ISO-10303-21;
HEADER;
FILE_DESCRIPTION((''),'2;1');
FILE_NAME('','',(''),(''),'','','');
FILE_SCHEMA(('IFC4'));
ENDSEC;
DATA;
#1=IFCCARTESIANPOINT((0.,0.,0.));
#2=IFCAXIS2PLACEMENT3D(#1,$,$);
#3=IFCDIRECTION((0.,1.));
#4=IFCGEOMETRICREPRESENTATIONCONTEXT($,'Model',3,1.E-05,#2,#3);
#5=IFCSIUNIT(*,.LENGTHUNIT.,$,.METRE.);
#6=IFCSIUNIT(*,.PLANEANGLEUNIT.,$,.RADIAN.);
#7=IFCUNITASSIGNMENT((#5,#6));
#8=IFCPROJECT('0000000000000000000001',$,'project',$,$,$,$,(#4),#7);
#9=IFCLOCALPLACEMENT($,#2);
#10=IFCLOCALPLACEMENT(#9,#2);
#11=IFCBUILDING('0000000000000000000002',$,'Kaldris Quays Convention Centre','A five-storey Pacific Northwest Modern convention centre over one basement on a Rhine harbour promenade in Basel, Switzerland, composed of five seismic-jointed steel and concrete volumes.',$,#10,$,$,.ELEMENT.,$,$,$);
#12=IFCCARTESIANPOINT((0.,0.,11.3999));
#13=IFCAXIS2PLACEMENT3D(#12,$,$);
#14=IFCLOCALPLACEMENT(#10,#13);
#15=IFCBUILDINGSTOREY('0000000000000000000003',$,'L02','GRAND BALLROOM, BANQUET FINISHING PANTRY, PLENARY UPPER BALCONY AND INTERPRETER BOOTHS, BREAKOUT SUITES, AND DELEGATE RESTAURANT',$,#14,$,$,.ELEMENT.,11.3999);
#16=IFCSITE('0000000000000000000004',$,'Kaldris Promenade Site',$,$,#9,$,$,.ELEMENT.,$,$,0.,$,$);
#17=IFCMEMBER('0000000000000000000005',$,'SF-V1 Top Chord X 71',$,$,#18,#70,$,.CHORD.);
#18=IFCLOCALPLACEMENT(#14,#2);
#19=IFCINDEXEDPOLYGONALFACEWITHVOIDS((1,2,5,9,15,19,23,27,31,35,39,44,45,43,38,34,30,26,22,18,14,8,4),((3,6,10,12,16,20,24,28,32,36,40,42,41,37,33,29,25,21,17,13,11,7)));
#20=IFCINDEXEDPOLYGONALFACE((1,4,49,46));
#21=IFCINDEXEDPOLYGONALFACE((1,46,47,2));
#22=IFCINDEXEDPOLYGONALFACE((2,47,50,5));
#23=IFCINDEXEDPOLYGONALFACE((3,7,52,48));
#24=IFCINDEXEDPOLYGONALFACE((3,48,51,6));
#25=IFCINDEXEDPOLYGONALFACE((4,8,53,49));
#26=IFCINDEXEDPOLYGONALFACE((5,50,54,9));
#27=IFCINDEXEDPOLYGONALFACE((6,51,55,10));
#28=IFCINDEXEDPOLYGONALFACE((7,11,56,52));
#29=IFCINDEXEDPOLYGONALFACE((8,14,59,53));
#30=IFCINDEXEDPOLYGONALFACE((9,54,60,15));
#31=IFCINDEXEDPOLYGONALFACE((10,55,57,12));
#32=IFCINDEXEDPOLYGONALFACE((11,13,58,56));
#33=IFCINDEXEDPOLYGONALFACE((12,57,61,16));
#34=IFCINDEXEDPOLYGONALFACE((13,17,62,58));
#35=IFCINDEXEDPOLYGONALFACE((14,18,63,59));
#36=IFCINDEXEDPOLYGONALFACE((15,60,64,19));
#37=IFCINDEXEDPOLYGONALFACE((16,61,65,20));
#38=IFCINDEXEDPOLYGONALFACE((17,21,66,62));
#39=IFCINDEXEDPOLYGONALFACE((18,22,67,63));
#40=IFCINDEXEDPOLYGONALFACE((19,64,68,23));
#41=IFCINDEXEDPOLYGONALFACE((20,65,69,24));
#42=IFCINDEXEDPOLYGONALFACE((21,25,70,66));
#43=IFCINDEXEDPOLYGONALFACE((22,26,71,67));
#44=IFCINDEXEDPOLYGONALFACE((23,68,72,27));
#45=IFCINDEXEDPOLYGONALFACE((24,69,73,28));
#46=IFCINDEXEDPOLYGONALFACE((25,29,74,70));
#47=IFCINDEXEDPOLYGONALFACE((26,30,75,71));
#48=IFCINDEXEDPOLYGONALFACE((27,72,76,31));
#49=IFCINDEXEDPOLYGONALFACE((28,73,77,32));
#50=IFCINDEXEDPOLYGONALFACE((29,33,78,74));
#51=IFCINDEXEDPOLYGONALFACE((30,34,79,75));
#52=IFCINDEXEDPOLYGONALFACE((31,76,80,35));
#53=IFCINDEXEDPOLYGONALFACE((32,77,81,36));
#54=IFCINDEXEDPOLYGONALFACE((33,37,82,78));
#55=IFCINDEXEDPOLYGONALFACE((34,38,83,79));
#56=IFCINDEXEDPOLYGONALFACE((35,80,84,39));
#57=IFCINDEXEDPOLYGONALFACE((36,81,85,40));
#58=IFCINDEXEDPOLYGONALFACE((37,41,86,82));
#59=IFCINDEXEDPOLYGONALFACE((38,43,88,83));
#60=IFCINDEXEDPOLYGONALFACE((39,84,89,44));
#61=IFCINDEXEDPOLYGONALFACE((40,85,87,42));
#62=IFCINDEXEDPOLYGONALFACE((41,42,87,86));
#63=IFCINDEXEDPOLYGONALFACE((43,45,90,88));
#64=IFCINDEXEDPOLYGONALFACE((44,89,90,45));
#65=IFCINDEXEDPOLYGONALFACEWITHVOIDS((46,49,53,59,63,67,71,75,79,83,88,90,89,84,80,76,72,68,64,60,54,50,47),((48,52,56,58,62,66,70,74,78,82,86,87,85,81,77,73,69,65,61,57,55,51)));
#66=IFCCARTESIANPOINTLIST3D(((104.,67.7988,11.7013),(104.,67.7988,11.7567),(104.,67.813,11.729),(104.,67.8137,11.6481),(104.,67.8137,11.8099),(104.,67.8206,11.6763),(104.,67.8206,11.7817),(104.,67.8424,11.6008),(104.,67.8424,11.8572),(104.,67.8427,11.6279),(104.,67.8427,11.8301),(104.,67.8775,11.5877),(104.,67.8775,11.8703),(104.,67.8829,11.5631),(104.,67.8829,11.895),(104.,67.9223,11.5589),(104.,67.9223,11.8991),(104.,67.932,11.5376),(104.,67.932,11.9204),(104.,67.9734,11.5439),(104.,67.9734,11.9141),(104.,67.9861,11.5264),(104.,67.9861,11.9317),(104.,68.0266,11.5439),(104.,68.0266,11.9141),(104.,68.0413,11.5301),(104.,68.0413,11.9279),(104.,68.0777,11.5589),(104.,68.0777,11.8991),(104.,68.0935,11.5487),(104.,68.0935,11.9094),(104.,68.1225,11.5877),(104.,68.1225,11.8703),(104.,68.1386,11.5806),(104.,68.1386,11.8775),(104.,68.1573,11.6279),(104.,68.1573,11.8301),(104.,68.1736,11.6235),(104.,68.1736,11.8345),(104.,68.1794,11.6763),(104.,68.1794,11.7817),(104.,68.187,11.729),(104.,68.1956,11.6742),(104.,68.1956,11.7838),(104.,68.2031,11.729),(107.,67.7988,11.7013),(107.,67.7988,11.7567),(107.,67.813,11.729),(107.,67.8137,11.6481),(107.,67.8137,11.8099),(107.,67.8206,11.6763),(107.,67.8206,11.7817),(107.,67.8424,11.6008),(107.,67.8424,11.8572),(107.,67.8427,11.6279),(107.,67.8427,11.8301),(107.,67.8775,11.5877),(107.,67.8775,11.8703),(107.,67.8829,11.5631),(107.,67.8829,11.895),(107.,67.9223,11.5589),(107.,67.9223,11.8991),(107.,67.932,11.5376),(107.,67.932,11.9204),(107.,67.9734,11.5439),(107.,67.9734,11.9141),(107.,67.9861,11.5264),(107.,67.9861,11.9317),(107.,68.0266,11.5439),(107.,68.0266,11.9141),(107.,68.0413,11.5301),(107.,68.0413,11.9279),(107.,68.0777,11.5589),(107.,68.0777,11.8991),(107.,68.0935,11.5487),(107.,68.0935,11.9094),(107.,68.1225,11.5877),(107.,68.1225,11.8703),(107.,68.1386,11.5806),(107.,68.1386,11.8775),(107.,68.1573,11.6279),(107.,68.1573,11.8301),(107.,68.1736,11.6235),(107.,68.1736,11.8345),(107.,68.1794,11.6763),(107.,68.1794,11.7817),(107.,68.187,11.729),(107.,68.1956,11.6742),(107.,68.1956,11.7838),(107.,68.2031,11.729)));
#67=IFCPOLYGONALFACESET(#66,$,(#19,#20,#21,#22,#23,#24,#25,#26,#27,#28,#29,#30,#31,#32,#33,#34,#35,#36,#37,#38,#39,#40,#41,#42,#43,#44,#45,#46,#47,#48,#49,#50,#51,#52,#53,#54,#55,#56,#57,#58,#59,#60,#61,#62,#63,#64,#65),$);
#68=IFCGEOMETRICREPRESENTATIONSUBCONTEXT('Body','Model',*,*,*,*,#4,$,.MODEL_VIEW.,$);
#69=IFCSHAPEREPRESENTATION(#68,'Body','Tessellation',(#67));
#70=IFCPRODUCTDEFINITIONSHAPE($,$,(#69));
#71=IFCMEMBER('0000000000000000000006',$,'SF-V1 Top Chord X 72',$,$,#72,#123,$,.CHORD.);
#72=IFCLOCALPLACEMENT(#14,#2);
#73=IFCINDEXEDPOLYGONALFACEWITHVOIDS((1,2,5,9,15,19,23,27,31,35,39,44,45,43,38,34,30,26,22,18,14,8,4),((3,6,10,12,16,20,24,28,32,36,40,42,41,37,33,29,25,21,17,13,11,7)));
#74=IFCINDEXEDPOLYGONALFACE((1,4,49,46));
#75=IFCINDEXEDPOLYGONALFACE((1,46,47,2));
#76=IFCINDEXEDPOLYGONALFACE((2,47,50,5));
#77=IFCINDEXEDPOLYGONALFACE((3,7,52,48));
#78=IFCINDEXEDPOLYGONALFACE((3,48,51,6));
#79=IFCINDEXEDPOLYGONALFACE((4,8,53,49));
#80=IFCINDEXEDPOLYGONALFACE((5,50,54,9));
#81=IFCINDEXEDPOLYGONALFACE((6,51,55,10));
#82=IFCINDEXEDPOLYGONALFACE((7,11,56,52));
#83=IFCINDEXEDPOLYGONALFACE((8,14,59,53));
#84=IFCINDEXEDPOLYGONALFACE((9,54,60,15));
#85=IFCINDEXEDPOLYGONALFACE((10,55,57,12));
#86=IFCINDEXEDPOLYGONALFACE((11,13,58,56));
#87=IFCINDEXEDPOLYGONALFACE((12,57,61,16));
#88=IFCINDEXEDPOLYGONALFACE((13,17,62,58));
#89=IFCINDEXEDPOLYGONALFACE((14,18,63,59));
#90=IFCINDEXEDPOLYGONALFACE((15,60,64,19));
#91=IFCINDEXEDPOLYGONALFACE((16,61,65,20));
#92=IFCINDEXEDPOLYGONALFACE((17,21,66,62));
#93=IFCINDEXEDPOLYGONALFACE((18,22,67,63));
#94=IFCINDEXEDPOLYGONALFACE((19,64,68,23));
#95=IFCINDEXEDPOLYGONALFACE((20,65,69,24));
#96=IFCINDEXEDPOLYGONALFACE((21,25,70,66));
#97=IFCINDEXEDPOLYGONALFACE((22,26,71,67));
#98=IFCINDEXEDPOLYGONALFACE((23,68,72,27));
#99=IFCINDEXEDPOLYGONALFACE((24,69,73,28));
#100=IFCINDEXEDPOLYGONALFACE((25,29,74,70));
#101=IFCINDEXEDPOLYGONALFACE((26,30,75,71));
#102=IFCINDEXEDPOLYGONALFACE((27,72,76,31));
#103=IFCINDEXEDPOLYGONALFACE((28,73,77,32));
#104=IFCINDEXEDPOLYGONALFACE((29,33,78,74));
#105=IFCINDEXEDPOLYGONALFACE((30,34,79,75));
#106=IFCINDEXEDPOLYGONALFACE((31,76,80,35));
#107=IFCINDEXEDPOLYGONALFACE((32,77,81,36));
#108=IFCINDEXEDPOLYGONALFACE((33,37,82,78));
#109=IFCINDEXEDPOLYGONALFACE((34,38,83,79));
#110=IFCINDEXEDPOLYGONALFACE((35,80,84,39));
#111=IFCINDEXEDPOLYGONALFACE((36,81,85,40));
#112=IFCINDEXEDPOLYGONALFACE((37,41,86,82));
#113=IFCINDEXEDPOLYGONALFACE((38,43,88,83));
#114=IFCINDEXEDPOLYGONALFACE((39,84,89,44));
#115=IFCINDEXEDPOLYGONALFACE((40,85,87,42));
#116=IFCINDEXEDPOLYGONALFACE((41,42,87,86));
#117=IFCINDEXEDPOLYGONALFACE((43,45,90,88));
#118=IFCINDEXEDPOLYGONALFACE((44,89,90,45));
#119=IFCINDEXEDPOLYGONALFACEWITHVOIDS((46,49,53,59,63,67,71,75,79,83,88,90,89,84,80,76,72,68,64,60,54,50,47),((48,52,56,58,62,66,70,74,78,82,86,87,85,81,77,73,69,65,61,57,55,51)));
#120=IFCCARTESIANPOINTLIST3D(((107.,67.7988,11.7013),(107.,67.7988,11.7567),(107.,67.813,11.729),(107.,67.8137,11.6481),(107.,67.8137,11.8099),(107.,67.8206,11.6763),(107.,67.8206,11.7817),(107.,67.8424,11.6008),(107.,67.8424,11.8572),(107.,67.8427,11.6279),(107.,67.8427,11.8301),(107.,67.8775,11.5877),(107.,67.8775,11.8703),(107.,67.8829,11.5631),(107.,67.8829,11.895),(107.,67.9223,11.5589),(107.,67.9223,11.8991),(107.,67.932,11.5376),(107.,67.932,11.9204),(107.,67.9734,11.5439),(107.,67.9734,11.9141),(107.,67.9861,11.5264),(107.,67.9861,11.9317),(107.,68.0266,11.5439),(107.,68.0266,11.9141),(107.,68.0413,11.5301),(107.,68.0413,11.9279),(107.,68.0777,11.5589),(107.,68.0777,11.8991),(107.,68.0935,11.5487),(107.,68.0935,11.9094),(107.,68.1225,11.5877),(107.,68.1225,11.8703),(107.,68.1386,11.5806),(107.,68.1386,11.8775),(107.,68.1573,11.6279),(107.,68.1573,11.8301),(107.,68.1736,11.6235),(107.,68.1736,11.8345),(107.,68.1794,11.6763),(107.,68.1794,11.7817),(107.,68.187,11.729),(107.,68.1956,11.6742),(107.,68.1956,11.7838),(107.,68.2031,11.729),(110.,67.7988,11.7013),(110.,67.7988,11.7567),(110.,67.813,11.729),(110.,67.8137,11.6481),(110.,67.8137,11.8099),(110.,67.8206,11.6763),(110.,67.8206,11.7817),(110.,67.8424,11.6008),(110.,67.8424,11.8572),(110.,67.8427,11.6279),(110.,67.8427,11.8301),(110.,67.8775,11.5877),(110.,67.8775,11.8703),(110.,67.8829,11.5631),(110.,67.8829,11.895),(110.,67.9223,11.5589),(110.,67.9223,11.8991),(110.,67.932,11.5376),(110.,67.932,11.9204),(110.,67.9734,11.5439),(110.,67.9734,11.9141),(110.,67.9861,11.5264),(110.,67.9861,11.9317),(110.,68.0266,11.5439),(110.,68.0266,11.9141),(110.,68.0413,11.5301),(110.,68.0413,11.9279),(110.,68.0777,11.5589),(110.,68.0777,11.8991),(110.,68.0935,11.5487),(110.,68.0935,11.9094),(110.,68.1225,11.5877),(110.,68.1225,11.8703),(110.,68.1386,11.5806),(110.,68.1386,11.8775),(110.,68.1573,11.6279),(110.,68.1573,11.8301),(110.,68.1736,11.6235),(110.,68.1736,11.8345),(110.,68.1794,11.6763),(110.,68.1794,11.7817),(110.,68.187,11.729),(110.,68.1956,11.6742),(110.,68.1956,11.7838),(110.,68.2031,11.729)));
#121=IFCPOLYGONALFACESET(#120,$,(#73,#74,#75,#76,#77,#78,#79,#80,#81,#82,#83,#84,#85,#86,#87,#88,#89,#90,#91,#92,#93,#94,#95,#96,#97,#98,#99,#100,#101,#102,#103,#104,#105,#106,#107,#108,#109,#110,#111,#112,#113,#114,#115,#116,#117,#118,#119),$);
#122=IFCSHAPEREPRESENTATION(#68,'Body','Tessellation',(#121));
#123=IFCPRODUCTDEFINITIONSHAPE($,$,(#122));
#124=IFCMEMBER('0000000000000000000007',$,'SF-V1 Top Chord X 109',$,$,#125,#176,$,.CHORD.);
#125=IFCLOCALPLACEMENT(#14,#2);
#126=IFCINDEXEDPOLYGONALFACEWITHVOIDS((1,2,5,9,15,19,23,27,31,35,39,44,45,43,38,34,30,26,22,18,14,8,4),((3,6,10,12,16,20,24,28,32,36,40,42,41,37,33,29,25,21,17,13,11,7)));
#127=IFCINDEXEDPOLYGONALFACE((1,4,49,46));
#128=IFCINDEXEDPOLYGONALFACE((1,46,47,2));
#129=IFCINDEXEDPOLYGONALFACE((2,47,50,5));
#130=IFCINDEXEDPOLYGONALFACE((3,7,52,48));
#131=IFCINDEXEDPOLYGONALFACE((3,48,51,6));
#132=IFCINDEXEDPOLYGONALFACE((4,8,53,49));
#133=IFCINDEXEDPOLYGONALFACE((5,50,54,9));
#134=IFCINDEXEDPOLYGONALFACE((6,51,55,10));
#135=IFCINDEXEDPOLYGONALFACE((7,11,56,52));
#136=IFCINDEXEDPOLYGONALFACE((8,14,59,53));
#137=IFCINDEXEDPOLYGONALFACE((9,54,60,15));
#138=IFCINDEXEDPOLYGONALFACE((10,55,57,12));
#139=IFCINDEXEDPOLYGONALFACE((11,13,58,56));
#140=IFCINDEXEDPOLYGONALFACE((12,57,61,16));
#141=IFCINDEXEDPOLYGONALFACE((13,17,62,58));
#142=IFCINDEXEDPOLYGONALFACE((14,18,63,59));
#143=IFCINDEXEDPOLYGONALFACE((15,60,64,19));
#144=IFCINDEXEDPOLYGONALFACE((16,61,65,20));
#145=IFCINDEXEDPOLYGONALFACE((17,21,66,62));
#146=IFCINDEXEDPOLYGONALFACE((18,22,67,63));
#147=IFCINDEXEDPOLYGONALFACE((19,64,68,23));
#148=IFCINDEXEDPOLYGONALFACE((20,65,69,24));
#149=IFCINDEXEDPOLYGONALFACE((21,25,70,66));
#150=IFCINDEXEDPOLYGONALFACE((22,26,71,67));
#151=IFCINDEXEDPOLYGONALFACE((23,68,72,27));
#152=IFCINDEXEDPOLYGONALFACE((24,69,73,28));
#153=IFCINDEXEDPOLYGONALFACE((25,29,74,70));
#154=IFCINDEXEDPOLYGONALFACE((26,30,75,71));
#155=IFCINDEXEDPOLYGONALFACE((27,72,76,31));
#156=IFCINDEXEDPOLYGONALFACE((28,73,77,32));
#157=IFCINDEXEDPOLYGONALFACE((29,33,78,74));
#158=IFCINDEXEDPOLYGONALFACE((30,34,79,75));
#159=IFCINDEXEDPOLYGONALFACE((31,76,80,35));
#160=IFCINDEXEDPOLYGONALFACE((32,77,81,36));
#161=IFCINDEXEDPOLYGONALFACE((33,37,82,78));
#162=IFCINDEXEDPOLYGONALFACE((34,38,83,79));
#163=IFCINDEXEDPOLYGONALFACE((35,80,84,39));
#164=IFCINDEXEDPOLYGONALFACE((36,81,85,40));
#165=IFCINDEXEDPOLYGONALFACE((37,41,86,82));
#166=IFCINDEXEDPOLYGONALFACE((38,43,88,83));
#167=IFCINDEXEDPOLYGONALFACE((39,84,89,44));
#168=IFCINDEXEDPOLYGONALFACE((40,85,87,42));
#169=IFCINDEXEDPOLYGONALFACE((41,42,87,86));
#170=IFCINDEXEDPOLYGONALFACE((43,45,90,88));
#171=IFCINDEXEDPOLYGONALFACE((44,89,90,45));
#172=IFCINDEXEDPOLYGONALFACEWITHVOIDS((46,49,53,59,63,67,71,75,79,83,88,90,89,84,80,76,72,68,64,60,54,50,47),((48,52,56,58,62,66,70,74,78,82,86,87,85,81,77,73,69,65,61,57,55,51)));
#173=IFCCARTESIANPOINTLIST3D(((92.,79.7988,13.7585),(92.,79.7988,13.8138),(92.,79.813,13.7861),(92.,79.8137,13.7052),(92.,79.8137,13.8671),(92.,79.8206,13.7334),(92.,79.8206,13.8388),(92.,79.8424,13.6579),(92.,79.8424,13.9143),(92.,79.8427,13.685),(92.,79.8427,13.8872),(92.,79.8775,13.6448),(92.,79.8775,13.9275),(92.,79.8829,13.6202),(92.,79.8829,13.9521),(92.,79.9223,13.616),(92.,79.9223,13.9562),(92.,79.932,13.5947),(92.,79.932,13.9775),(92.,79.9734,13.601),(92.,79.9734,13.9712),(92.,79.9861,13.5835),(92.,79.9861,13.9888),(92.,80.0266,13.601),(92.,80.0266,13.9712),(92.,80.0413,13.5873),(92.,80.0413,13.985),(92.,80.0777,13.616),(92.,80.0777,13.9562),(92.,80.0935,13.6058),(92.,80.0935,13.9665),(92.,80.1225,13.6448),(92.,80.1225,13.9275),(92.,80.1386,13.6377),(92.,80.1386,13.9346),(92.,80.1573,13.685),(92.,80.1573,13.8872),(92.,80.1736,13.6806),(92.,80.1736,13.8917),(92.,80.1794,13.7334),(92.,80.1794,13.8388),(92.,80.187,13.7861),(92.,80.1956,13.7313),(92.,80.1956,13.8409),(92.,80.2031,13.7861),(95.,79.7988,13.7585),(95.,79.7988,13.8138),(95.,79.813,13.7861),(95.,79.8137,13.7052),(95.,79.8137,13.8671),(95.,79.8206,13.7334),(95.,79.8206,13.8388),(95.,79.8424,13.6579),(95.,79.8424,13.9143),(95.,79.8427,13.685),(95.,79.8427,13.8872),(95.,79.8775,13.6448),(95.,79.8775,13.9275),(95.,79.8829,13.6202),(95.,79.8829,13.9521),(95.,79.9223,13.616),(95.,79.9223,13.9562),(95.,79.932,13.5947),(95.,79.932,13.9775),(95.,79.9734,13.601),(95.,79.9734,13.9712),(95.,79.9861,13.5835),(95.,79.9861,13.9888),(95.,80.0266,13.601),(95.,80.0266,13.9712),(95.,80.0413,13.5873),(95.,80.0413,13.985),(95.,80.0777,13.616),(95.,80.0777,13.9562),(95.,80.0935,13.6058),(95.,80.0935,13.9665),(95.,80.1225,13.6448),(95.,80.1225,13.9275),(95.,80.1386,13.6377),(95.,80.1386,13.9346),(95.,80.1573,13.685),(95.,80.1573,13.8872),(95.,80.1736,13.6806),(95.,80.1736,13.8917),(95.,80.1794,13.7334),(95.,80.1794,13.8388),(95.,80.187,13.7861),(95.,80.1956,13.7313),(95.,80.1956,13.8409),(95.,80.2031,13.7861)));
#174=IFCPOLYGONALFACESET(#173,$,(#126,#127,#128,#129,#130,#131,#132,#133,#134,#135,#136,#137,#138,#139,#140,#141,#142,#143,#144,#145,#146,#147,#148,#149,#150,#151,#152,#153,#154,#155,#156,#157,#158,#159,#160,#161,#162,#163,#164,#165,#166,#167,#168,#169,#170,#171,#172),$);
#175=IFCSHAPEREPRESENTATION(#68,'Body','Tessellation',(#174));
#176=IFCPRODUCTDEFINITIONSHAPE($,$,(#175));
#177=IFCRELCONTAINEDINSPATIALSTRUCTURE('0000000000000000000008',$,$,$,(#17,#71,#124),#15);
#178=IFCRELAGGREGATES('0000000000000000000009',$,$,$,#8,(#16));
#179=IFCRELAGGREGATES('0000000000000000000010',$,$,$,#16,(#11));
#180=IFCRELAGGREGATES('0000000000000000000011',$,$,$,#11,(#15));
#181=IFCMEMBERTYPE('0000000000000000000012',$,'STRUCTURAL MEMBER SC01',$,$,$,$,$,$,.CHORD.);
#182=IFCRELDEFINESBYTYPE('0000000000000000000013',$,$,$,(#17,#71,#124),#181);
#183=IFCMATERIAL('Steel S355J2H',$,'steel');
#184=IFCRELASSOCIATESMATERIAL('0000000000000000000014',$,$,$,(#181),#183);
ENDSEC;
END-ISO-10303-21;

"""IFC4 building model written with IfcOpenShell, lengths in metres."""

from ifc_helpers import new_model, si_unit, direction, frame, origin, origin_2d, place, context, subcontext, project, spatial, hollow_circle, extrude, material, material_profile, profile_set, type_object, element, save


model = new_model("IFC4")

# Units and contexts
model_context = context("Model", 3, precision=1e-05, world=origin(), true_north=direction((0.0, 1.0)))
body_context = subcontext(model_context, "Body", "Model", "MODEL_VIEW")
ifc_project = project(units=[si_unit("LENGTHUNIT", "METRE"), si_unit("PLANEANGLEUNIT", "RADIAN")], contexts=[model_context])

# Site, building, storey
site_placement = place(None, origin())
site = spatial("IfcSite", under=ifc_project, at=site_placement, Name="Kaldris Promenade Site", CompositionType="ELEMENT", RefElevation=0.0)
building_placement = place(site_placement, origin())
building = spatial("IfcBuilding", under=site, at=building_placement, Name="Kaldris Quays Convention Centre", Description="A five-storey Pacific Northwest Modern convention centre over one basement on a Rhine harbour promenade in Basel, Switzerland, composed of five seismic-jointed steel and concrete volumes.", CompositionType="ELEMENT")
storey_placement = place(building_placement, frame((0.0, 0.0, 11.3999)))
storey = spatial("IfcBuildingStorey", under=building, at=storey_placement, Name="L02", Description="GRAND BALLROOM, BANQUET FINISHING PANTRY, PLENARY UPPER BALCONY AND INTERPRETER BOOTHS, BREAKOUT SUITES, AND DELEGATE RESTAURANT", CompositionType="ELEMENT", Elevation=11.3999)

# Members
ifc_material_1 = material(Name="Steel S355J2H", Category="steel")
ifc_material_profile_1 = material_profile(ifc_material_1, hollow_circle(Radius=0.2031, WallThickness=0.0161, at=origin_2d()), Name="CHS 406.4x16")
ifc_profile_set_1 = profile_set([ifc_material_profile_1], Name="Steel S355J2H")
member_type_1 = type_object("IfcMemberType", Name="STRUCTURAL MEMBER SC01", PredefinedType="CHORD", material=ifc_profile_set_1)
for number, where, z_axis, x_axis, name in (
    (1, (104.0, 68.0, 11.729), (1.0, 0.0, 0.0), (0.0, 1.0, 0.0), "SF-V1 Top Chord X 71"),
    (2, (107.0, 68.0, 11.729), (1.0, 0.0, 0.0), (0.0, 1.0, 0.0), "SF-V1 Top Chord X 72"),
    (3, (92.0, 80.0, 13.7861), (1.0, 0.0, 0.0), (0.0, 1.0, 0.0), "SF-V1 Top Chord X 109"),
):
    element("IfcMember", number, at=place(storey_placement, frame(where, z_axis=z_axis, x_axis=x_axis)), inside=storey, type_object=member_type_1, Name=name, PredefinedType="CHORD", context=body_context, shape_type="SweptSolid", body=[
        extrude(hollow_circle(Radius=0.2031, WallThickness=0.0161, at=origin_2d()), origin(), (0.0, 0.0, 1.0), 3.0),
    ])

save(model, "model.ifc")
